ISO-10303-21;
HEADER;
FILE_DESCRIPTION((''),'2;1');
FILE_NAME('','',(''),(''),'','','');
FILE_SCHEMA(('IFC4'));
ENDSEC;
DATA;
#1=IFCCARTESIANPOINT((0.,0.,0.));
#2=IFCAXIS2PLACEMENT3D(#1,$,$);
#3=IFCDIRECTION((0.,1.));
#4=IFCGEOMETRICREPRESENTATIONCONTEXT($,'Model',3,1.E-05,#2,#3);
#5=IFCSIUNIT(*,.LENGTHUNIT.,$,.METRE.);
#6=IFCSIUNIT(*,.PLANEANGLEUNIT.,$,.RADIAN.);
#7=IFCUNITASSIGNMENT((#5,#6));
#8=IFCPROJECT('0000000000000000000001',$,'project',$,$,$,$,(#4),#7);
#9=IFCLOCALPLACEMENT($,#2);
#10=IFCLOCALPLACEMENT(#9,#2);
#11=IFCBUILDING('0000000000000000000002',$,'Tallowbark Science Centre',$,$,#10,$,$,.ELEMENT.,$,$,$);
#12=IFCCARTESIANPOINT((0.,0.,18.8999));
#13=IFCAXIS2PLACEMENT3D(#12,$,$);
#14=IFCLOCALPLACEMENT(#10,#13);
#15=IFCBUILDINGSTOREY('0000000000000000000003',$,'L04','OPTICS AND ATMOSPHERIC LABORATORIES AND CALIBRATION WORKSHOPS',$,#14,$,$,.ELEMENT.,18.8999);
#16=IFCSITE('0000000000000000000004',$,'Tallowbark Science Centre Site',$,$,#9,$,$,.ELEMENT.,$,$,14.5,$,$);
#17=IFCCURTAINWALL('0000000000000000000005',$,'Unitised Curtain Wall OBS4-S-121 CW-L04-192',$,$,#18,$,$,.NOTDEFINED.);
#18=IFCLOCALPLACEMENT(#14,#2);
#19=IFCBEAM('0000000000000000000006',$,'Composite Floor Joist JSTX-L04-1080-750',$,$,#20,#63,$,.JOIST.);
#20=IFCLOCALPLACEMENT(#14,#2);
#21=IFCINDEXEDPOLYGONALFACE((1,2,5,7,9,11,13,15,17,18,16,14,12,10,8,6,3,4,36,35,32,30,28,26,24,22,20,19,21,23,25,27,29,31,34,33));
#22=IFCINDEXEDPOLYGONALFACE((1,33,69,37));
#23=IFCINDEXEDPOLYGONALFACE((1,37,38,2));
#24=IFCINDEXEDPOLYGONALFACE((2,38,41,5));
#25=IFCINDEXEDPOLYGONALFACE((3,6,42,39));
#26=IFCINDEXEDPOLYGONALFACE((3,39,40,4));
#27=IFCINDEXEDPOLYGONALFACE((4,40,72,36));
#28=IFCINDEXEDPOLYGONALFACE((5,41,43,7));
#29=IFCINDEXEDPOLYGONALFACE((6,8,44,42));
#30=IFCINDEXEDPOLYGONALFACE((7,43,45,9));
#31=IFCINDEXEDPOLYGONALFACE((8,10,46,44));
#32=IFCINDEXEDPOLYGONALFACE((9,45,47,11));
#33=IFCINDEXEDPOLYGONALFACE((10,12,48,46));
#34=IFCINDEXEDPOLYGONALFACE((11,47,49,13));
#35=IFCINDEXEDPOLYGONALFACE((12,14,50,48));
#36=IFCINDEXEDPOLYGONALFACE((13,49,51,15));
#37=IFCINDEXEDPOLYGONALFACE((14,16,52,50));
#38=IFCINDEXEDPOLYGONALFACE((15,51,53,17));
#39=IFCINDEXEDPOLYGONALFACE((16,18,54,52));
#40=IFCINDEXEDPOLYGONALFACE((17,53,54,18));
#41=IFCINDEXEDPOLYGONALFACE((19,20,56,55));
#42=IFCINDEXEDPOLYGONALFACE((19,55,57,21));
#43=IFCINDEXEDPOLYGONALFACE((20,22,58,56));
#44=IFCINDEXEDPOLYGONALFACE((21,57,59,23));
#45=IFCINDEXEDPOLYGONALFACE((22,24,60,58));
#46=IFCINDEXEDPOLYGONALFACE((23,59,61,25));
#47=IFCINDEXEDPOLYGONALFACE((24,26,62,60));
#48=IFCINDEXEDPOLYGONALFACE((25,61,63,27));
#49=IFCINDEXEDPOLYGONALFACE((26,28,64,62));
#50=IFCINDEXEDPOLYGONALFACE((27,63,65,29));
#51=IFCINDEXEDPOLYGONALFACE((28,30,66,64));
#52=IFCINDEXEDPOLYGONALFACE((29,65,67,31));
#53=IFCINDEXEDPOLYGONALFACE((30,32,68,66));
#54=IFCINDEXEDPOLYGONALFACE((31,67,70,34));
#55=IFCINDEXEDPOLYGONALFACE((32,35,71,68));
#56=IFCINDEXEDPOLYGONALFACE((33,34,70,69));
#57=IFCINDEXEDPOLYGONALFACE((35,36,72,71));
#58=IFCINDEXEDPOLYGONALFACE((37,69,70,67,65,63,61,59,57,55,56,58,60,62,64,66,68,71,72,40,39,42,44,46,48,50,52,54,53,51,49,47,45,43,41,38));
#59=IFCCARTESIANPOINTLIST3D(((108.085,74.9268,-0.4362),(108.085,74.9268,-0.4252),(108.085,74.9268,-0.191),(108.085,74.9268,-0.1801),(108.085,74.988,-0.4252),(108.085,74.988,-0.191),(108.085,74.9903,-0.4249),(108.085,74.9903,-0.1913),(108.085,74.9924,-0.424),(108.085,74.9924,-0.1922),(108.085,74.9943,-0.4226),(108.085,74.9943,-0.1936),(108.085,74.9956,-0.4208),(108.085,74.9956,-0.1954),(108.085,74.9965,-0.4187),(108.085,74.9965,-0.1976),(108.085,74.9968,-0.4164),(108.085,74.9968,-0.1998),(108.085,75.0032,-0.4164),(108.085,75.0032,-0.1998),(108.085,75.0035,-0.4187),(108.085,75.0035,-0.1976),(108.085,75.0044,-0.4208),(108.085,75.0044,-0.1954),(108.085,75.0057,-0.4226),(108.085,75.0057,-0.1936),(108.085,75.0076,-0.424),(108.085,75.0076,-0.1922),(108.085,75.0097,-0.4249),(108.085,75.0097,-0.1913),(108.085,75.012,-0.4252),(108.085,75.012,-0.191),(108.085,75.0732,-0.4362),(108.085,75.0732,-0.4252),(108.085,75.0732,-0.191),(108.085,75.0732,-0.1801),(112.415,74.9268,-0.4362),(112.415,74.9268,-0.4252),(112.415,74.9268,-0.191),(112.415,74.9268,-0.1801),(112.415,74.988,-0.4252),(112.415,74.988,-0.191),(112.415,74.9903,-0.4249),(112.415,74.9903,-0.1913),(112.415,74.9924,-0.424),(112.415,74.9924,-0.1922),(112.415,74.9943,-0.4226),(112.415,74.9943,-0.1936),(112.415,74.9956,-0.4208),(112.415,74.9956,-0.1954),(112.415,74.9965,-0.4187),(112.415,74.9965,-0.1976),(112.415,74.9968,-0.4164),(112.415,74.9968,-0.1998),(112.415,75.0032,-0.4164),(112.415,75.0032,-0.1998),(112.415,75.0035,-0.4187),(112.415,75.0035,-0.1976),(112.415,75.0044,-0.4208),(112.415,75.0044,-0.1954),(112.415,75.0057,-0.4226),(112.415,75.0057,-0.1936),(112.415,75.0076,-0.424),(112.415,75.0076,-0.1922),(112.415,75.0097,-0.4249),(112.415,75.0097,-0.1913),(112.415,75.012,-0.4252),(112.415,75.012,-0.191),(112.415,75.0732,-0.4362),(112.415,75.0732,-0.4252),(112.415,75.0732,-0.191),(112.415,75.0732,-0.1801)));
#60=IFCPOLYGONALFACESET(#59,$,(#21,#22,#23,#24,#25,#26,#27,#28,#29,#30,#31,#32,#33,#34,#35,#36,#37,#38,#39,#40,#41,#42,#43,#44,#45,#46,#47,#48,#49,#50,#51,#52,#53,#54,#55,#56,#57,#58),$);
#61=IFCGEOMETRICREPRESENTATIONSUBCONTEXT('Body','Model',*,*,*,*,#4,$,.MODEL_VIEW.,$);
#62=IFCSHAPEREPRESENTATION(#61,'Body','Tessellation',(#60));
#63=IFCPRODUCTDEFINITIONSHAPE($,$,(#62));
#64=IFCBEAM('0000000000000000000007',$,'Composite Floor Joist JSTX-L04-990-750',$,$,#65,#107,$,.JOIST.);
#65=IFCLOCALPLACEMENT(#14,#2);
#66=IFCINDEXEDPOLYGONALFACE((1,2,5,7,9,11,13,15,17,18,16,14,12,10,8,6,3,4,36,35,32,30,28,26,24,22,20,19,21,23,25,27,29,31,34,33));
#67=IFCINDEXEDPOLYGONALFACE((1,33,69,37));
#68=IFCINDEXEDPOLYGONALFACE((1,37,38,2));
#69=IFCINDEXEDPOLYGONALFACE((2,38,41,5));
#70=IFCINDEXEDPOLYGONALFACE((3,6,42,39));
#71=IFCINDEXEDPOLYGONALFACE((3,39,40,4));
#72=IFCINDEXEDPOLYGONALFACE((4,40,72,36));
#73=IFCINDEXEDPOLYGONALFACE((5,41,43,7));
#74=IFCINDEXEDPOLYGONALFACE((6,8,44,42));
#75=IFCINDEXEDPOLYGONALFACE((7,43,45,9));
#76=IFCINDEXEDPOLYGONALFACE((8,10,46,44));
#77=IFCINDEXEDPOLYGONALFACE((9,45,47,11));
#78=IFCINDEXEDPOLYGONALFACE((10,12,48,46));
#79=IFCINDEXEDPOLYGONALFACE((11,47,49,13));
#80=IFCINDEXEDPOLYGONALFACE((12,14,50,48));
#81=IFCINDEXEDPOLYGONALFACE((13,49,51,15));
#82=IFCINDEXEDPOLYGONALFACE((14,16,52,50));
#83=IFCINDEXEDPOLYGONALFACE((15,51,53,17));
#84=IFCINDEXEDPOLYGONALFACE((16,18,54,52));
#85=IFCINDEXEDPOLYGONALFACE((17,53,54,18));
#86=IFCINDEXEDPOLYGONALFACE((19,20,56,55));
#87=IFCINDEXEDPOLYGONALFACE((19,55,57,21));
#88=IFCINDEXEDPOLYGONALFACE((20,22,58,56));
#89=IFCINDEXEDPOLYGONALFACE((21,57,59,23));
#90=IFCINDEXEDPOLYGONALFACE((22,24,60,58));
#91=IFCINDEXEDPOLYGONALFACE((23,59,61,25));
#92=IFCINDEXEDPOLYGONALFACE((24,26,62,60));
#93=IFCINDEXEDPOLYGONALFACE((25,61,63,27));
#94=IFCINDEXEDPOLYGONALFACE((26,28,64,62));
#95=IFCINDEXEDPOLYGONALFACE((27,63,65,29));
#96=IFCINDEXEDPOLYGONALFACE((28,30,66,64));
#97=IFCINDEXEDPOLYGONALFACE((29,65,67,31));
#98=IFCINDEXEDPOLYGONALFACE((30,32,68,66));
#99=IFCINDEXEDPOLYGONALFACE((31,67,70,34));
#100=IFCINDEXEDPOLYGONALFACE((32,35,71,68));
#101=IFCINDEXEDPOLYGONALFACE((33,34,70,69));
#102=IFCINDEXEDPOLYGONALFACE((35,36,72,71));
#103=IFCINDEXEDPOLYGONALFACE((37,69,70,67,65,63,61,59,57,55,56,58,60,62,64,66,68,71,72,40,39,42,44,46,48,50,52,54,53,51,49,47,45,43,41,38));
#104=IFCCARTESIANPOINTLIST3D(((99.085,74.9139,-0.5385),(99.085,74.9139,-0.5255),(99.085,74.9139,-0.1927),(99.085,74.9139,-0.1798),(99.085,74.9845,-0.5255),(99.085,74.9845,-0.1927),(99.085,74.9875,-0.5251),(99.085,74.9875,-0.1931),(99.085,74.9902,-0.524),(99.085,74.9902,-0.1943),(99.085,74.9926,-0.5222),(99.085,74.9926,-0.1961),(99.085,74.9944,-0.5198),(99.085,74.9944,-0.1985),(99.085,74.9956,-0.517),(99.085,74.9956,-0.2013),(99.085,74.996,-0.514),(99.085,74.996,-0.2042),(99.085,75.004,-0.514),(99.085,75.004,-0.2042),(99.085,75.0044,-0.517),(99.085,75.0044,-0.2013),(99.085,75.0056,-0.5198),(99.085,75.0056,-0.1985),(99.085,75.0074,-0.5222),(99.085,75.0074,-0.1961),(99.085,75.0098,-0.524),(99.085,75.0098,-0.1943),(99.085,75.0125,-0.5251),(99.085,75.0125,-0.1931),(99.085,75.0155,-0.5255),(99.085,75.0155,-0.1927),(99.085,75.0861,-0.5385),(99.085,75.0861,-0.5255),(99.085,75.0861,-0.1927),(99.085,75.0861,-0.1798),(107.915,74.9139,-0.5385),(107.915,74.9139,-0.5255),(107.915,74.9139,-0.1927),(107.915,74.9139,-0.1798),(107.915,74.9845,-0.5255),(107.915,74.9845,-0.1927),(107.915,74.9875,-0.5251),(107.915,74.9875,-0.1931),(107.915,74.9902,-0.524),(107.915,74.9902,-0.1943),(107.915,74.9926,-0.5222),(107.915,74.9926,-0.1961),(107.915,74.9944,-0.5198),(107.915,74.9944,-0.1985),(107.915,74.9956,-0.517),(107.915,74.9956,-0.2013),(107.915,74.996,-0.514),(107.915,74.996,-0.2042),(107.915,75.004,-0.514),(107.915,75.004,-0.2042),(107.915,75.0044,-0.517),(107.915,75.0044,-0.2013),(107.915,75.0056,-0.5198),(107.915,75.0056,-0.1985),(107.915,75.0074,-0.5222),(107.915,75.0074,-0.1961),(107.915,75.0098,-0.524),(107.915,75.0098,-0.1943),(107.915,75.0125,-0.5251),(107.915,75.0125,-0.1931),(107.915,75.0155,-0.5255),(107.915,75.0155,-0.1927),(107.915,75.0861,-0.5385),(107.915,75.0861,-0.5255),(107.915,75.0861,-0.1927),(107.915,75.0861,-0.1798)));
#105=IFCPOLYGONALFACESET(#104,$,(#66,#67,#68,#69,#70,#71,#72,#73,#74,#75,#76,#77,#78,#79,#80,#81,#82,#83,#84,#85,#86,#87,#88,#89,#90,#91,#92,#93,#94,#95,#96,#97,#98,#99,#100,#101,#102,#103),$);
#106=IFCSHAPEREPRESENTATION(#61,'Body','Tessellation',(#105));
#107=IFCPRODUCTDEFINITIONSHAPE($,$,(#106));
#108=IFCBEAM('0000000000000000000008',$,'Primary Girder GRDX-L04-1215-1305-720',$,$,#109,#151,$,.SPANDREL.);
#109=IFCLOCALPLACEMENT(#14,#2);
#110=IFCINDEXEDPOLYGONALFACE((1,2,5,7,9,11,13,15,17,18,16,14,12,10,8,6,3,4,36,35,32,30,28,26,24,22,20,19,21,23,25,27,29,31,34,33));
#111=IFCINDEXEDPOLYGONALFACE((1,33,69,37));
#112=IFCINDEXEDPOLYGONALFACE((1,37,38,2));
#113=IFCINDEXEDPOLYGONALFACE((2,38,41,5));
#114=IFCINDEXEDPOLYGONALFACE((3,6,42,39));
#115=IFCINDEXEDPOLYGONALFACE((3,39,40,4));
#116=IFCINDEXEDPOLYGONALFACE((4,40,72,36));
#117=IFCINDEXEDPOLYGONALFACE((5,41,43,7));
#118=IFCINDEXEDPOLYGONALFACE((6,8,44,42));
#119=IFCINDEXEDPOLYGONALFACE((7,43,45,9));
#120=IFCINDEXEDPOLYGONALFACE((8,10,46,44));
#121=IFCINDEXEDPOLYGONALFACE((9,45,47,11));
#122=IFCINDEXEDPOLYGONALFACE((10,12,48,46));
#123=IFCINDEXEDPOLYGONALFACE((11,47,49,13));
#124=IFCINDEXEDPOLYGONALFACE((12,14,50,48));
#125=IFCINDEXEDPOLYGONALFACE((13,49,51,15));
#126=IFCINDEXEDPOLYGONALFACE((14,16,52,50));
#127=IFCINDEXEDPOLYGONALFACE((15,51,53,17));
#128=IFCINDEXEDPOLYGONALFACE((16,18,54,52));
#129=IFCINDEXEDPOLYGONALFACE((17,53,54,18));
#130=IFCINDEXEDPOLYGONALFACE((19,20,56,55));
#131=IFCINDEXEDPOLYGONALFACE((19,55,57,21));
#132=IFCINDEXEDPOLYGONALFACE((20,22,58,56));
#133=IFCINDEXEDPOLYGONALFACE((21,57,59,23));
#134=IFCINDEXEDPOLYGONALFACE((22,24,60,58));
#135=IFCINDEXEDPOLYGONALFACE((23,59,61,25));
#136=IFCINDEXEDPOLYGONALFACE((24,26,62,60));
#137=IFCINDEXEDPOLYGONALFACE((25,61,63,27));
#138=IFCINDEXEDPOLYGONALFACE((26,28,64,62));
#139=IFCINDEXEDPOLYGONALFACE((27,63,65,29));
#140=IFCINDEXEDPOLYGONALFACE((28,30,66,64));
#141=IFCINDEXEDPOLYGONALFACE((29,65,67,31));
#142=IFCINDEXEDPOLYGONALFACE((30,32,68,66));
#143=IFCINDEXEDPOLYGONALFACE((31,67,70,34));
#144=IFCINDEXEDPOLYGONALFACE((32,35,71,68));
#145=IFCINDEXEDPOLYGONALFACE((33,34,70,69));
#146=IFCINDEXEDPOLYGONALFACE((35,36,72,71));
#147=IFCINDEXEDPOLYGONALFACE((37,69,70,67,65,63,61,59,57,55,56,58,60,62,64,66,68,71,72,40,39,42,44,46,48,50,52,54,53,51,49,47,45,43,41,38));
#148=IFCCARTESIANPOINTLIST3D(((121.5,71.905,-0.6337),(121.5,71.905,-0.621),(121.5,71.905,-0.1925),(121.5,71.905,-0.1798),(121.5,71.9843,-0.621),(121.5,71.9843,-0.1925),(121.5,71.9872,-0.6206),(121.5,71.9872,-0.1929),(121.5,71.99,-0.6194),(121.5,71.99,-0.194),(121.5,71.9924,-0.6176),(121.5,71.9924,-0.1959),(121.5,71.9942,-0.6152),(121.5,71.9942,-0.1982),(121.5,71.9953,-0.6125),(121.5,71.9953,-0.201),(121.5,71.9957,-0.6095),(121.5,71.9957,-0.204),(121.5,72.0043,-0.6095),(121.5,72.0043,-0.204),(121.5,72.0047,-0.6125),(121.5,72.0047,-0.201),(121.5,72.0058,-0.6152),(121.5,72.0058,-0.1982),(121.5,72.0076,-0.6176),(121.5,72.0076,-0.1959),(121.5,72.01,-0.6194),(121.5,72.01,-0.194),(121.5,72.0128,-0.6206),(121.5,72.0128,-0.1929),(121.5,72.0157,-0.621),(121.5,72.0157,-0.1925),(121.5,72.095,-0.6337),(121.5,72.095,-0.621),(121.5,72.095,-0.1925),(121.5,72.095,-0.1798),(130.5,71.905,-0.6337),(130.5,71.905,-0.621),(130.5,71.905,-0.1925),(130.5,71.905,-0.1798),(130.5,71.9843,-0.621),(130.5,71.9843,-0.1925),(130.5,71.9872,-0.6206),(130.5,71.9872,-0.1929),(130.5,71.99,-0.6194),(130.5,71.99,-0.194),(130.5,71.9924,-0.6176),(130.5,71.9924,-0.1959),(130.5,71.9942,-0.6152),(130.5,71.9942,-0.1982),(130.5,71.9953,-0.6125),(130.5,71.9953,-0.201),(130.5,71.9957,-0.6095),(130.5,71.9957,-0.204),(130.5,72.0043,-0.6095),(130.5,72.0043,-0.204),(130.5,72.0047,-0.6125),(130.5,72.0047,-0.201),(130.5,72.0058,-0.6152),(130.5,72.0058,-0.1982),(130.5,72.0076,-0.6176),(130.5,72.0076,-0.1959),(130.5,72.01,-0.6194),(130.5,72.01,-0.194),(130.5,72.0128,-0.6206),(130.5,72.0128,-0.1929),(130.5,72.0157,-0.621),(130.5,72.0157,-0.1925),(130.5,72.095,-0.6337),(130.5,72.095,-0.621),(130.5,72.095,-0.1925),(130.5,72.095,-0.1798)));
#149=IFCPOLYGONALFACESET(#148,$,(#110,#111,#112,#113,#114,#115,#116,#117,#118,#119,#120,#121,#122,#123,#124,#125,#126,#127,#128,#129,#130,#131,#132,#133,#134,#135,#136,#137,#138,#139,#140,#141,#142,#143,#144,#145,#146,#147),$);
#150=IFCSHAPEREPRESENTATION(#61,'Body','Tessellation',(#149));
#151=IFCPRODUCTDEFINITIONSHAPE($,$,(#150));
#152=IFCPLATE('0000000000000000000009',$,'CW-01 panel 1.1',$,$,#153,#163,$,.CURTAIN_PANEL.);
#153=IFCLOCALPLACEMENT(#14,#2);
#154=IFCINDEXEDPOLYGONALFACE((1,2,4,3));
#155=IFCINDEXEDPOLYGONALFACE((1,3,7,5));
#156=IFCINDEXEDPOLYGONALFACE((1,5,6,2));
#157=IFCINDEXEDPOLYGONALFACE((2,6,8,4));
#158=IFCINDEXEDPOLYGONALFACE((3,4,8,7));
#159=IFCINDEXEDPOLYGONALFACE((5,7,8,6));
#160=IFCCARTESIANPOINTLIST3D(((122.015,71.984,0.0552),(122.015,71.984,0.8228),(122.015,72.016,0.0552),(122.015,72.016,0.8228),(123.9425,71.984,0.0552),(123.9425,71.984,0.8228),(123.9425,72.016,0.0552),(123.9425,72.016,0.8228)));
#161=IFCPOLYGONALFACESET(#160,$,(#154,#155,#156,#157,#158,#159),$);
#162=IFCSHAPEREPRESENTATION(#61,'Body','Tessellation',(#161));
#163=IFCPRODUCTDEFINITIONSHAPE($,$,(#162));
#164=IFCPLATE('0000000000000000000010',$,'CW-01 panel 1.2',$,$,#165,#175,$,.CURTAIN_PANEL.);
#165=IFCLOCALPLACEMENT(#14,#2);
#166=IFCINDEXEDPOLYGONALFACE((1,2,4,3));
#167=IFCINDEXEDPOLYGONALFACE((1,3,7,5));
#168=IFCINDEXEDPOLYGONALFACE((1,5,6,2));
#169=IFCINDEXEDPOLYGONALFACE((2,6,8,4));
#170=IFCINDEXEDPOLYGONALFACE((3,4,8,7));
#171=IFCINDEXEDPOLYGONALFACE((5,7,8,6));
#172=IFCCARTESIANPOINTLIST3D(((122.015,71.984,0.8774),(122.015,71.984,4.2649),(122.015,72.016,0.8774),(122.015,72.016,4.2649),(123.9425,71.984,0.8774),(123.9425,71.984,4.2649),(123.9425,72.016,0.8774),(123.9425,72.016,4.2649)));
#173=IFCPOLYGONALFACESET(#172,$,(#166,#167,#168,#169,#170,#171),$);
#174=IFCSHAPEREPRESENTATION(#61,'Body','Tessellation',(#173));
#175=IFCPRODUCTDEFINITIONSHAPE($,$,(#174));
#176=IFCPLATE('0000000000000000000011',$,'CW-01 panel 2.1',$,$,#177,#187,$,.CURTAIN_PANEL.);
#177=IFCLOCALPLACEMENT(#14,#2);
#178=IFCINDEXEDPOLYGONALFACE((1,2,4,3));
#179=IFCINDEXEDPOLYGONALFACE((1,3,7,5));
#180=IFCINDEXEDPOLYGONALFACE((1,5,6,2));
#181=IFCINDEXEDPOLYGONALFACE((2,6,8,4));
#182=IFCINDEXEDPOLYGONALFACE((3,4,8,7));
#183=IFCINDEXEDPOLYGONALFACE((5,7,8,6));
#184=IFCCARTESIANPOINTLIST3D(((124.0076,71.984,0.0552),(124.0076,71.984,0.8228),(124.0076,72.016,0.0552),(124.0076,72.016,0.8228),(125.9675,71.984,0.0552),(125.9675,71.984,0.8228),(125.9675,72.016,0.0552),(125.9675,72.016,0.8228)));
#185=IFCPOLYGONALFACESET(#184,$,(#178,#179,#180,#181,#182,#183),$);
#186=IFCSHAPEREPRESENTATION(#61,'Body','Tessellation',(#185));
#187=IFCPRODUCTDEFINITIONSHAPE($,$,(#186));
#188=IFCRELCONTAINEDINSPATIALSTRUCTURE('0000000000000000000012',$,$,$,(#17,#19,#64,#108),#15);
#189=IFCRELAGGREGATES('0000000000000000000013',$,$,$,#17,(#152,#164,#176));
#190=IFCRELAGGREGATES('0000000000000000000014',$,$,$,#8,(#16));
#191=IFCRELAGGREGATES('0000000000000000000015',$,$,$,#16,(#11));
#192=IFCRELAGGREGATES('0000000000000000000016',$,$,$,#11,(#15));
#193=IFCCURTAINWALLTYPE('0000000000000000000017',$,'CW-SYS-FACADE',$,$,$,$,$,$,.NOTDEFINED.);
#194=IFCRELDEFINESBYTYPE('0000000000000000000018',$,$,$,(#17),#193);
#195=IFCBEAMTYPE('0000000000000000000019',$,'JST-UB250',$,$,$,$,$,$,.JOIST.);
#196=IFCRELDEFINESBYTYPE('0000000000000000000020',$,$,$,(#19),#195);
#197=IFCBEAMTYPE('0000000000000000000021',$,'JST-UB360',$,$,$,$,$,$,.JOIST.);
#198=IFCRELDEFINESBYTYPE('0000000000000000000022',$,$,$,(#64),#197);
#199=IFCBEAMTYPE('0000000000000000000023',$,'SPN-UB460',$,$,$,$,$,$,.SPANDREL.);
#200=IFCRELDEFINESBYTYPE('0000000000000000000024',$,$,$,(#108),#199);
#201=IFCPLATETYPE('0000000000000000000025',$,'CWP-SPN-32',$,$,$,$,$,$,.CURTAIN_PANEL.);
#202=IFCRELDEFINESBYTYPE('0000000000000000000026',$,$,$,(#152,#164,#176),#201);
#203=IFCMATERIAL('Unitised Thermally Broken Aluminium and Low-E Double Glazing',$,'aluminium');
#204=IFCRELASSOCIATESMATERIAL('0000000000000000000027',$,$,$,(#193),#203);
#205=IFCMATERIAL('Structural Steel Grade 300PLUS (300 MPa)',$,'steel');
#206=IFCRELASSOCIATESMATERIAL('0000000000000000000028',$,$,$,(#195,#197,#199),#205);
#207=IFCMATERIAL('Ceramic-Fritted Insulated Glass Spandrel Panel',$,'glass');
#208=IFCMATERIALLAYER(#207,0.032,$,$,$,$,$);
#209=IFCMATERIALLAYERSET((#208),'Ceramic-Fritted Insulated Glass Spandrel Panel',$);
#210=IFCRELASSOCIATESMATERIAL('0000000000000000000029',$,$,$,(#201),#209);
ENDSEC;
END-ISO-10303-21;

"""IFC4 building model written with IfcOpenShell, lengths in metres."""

from ifc_helpers import new_model, si_unit, direction, frame, origin, origin_2d, place, context, subcontext, project, spatial, rectangle, i_section, extrude, material, layer, layer_set, material_profile, profile_set, type_object, element, aggregate, save


model = new_model("IFC4")

# Units and contexts
model_context = context("Model", 3, precision=1e-05, world=origin(), true_north=direction((0.0, 1.0)))
body_context = subcontext(model_context, "Body", "Model", "MODEL_VIEW")
ifc_project = project(units=[si_unit("LENGTHUNIT", "METRE"), si_unit("PLANEANGLEUNIT", "RADIAN")], contexts=[model_context])

# Site, building, storey
site_placement = place(None, origin())
site = spatial("IfcSite", under=ifc_project, at=site_placement, Name="Tallowbark Science Centre Site", CompositionType="ELEMENT", RefElevation=14.5)
building_placement = place(site_placement, origin())
building = spatial("IfcBuilding", under=site, at=building_placement, Name="Tallowbark Science Centre", CompositionType="ELEMENT")
storey_placement = place(building_placement, frame((0.0, 0.0, 18.8999)))
storey = spatial("IfcBuildingStorey", under=building, at=storey_placement, Name="L04", Description="OPTICS AND ATMOSPHERIC LABORATORIES AND CALIBRATION WORKSHOPS", CompositionType="ELEMENT", Elevation=18.8999)

# Curtain wall
ifc_material_1 = material(Name="Unitised Thermally Broken Aluminium and Low-E Double Glazing", Category="aluminium")
curtain_wall_type = type_object("IfcCurtainWallType", Name="CW-SYS-FACADE", PredefinedType="NOTDEFINED", material=ifc_material_1)
curtain_wall_placement = place(storey_placement, origin())
curtain_wall = element("IfcCurtainWall", 1, at=curtain_wall_placement, inside=storey, type_object=curtain_wall_type, Name="Unitised Curtain Wall OBS4-S-121 CW-L04-192", PredefinedType="NOTDEFINED")

# Beams
ifc_material_2 = material(Name="Structural Steel Grade 300PLUS (300 MPa)", Category="steel")
ifc_material_profile_1 = material_profile(ifc_material_2, i_section(OverallWidth=0.1465, OverallDepth=0.2561, WebThickness=0.0063, FlangeThickness=0.011, FilletRadius=0.0088, at=origin_2d()), Name="250UB37.3")
ifc_profile_set_1 = profile_set([ifc_material_profile_1], Name="Structural Steel Grade 300PLUS (300 MPa)")
beam_type_1 = type_object("IfcBeamType", Name="JST-UB250", PredefinedType="JOIST", material=ifc_profile_set_1)
beam_1_placement = place(storey_placement, frame((108.085, 75.0, -0.3081), z_axis=(1.0, 0.0, 0.0), x_axis=(0.0, 1.0, 0.0)))
element("IfcBeam", 2, at=beam_1_placement, inside=storey, type_object=beam_type_1, Name="Composite Floor Joist JSTX-L04-1080-750", PredefinedType="JOIST", context=body_context, shape_type="SweptSolid", body=[
    extrude(i_section(OverallWidth=0.1465, OverallDepth=0.2561, WebThickness=0.0063, FlangeThickness=0.011, FilletRadius=0.0088, at=origin_2d()), origin(), (0.0, 0.0, 1.0), 4.3301),
])
ifc_material_profile_2 = material_profile(ifc_material_2, i_section(OverallWidth=0.1721, OverallDepth=0.3586, WebThickness=0.0081, FlangeThickness=0.0129, FilletRadius=0.0115, at=origin_2d()), Name="360UB56.7")
ifc_profile_set_2 = profile_set([ifc_material_profile_2], Name="Structural Steel Grade 300PLUS (300 MPa)")
beam_type_2 = type_object("IfcBeamType", Name="JST-UB360", PredefinedType="JOIST", material=ifc_profile_set_2)
beam_2_placement = place(storey_placement, frame((99.085, 75.0, -0.3591), z_axis=(1.0, 0.0, 0.0), x_axis=(0.0, 1.0, 0.0)))
element("IfcBeam", 3, at=beam_2_placement, inside=storey, type_object=beam_type_2, Name="Composite Floor Joist JSTX-L04-990-750", PredefinedType="JOIST", context=body_context, shape_type="SweptSolid", body=[
    extrude(i_section(OverallWidth=0.1721, OverallDepth=0.3586, WebThickness=0.0081, FlangeThickness=0.0129, FilletRadius=0.0115, at=origin_2d()), origin(), (0.0, 0.0, 1.0), 8.8301),
])
ifc_material_profile_3 = material_profile(ifc_material_2, i_section(OverallWidth=0.1899, OverallDepth=0.4539, WebThickness=0.0085, FlangeThickness=0.0127, FilletRadius=0.0115, at=origin_2d()), Name="460UB67.1")
ifc_profile_set_3 = profile_set([ifc_material_profile_3], Name="Structural Steel Grade 300PLUS (300 MPa)")
beam_type_3 = type_object("IfcBeamType", Name="SPN-UB460", PredefinedType="SPANDREL", material=ifc_profile_set_3)
beam_3_placement = place(storey_placement, frame((121.5, 72.0, -0.4067), z_axis=(1.0, 0.0, 0.0), x_axis=(0.0, 1.0, 0.0)))
element("IfcBeam", 4, at=beam_3_placement, inside=storey, type_object=beam_type_3, Name="Primary Girder GRDX-L04-1215-1305-720", PredefinedType="SPANDREL", context=body_context, shape_type="SweptSolid", body=[
    extrude(i_section(OverallWidth=0.1899, OverallDepth=0.4539, WebThickness=0.0085, FlangeThickness=0.0127, FilletRadius=0.0115, at=origin_2d()), origin(), (0.0, 0.0, 1.0), 9.0),
])

# Plates
ifc_material_3 = material(Name="Ceramic-Fritted Insulated Glass Spandrel Panel", Category="glass")
ifc_layer_1 = layer(ifc_material_3, 0.032)
ifc_layer_set_1 = layer_set([ifc_layer_1], Name="Ceramic-Fritted Insulated Glass Spandrel Panel")
plate_type = type_object("IfcPlateType", Name="CWP-SPN-32", PredefinedType="CURTAIN_PANEL", material=ifc_layer_set_1)
plate_1_placement = place(storey_placement, frame((122.9788, 72.0, 0.0552), z_axis=(0.0, 0.0, 1.0), x_axis=(1.0, 0.0, 0.0)))
plate_1 = element("IfcPlate", 5, at=plate_1_placement, type_object=plate_type, Name="CW-01 panel 1.1", PredefinedType="CURTAIN_PANEL", context=body_context, shape_type="SweptSolid", body=[
    extrude(rectangle(XDim=1.9275, YDim=0.032, at=origin_2d()), origin(), (0.0, 0.0, 1.0), 0.7676),
])
plate_2_placement = place(storey_placement, frame((122.9788, 72.0, 0.8774), z_axis=(0.0, 0.0, 1.0), x_axis=(1.0, 0.0, 0.0)))
plate_2 = element("IfcPlate", 6, at=plate_2_placement, type_object=plate_type, Name="CW-01 panel 1.2", PredefinedType="CURTAIN_PANEL", context=body_context, shape_type="SweptSolid", body=[
    extrude(rectangle(XDim=1.9275, YDim=0.032, at=origin_2d()), origin(), (0.0, 0.0, 1.0), 3.3875),
])
plate_3_placement = place(storey_placement, frame((124.9875, 72.0, 0.0552), z_axis=(0.0, 0.0, 1.0), x_axis=(1.0, 0.0, 0.0)))
plate_3 = element("IfcPlate", 7, at=plate_3_placement, type_object=plate_type, Name="CW-01 panel 2.1", PredefinedType="CURTAIN_PANEL", context=body_context, shape_type="SweptSolid", body=[
    extrude(rectangle(XDim=1.96, YDim=0.032, at=origin_2d()), origin(), (0.0, 0.0, 1.0), 0.7676),
])
aggregate(curtain_wall, [plate_1, plate_2, plate_3])

save(model, "model.ifc")
